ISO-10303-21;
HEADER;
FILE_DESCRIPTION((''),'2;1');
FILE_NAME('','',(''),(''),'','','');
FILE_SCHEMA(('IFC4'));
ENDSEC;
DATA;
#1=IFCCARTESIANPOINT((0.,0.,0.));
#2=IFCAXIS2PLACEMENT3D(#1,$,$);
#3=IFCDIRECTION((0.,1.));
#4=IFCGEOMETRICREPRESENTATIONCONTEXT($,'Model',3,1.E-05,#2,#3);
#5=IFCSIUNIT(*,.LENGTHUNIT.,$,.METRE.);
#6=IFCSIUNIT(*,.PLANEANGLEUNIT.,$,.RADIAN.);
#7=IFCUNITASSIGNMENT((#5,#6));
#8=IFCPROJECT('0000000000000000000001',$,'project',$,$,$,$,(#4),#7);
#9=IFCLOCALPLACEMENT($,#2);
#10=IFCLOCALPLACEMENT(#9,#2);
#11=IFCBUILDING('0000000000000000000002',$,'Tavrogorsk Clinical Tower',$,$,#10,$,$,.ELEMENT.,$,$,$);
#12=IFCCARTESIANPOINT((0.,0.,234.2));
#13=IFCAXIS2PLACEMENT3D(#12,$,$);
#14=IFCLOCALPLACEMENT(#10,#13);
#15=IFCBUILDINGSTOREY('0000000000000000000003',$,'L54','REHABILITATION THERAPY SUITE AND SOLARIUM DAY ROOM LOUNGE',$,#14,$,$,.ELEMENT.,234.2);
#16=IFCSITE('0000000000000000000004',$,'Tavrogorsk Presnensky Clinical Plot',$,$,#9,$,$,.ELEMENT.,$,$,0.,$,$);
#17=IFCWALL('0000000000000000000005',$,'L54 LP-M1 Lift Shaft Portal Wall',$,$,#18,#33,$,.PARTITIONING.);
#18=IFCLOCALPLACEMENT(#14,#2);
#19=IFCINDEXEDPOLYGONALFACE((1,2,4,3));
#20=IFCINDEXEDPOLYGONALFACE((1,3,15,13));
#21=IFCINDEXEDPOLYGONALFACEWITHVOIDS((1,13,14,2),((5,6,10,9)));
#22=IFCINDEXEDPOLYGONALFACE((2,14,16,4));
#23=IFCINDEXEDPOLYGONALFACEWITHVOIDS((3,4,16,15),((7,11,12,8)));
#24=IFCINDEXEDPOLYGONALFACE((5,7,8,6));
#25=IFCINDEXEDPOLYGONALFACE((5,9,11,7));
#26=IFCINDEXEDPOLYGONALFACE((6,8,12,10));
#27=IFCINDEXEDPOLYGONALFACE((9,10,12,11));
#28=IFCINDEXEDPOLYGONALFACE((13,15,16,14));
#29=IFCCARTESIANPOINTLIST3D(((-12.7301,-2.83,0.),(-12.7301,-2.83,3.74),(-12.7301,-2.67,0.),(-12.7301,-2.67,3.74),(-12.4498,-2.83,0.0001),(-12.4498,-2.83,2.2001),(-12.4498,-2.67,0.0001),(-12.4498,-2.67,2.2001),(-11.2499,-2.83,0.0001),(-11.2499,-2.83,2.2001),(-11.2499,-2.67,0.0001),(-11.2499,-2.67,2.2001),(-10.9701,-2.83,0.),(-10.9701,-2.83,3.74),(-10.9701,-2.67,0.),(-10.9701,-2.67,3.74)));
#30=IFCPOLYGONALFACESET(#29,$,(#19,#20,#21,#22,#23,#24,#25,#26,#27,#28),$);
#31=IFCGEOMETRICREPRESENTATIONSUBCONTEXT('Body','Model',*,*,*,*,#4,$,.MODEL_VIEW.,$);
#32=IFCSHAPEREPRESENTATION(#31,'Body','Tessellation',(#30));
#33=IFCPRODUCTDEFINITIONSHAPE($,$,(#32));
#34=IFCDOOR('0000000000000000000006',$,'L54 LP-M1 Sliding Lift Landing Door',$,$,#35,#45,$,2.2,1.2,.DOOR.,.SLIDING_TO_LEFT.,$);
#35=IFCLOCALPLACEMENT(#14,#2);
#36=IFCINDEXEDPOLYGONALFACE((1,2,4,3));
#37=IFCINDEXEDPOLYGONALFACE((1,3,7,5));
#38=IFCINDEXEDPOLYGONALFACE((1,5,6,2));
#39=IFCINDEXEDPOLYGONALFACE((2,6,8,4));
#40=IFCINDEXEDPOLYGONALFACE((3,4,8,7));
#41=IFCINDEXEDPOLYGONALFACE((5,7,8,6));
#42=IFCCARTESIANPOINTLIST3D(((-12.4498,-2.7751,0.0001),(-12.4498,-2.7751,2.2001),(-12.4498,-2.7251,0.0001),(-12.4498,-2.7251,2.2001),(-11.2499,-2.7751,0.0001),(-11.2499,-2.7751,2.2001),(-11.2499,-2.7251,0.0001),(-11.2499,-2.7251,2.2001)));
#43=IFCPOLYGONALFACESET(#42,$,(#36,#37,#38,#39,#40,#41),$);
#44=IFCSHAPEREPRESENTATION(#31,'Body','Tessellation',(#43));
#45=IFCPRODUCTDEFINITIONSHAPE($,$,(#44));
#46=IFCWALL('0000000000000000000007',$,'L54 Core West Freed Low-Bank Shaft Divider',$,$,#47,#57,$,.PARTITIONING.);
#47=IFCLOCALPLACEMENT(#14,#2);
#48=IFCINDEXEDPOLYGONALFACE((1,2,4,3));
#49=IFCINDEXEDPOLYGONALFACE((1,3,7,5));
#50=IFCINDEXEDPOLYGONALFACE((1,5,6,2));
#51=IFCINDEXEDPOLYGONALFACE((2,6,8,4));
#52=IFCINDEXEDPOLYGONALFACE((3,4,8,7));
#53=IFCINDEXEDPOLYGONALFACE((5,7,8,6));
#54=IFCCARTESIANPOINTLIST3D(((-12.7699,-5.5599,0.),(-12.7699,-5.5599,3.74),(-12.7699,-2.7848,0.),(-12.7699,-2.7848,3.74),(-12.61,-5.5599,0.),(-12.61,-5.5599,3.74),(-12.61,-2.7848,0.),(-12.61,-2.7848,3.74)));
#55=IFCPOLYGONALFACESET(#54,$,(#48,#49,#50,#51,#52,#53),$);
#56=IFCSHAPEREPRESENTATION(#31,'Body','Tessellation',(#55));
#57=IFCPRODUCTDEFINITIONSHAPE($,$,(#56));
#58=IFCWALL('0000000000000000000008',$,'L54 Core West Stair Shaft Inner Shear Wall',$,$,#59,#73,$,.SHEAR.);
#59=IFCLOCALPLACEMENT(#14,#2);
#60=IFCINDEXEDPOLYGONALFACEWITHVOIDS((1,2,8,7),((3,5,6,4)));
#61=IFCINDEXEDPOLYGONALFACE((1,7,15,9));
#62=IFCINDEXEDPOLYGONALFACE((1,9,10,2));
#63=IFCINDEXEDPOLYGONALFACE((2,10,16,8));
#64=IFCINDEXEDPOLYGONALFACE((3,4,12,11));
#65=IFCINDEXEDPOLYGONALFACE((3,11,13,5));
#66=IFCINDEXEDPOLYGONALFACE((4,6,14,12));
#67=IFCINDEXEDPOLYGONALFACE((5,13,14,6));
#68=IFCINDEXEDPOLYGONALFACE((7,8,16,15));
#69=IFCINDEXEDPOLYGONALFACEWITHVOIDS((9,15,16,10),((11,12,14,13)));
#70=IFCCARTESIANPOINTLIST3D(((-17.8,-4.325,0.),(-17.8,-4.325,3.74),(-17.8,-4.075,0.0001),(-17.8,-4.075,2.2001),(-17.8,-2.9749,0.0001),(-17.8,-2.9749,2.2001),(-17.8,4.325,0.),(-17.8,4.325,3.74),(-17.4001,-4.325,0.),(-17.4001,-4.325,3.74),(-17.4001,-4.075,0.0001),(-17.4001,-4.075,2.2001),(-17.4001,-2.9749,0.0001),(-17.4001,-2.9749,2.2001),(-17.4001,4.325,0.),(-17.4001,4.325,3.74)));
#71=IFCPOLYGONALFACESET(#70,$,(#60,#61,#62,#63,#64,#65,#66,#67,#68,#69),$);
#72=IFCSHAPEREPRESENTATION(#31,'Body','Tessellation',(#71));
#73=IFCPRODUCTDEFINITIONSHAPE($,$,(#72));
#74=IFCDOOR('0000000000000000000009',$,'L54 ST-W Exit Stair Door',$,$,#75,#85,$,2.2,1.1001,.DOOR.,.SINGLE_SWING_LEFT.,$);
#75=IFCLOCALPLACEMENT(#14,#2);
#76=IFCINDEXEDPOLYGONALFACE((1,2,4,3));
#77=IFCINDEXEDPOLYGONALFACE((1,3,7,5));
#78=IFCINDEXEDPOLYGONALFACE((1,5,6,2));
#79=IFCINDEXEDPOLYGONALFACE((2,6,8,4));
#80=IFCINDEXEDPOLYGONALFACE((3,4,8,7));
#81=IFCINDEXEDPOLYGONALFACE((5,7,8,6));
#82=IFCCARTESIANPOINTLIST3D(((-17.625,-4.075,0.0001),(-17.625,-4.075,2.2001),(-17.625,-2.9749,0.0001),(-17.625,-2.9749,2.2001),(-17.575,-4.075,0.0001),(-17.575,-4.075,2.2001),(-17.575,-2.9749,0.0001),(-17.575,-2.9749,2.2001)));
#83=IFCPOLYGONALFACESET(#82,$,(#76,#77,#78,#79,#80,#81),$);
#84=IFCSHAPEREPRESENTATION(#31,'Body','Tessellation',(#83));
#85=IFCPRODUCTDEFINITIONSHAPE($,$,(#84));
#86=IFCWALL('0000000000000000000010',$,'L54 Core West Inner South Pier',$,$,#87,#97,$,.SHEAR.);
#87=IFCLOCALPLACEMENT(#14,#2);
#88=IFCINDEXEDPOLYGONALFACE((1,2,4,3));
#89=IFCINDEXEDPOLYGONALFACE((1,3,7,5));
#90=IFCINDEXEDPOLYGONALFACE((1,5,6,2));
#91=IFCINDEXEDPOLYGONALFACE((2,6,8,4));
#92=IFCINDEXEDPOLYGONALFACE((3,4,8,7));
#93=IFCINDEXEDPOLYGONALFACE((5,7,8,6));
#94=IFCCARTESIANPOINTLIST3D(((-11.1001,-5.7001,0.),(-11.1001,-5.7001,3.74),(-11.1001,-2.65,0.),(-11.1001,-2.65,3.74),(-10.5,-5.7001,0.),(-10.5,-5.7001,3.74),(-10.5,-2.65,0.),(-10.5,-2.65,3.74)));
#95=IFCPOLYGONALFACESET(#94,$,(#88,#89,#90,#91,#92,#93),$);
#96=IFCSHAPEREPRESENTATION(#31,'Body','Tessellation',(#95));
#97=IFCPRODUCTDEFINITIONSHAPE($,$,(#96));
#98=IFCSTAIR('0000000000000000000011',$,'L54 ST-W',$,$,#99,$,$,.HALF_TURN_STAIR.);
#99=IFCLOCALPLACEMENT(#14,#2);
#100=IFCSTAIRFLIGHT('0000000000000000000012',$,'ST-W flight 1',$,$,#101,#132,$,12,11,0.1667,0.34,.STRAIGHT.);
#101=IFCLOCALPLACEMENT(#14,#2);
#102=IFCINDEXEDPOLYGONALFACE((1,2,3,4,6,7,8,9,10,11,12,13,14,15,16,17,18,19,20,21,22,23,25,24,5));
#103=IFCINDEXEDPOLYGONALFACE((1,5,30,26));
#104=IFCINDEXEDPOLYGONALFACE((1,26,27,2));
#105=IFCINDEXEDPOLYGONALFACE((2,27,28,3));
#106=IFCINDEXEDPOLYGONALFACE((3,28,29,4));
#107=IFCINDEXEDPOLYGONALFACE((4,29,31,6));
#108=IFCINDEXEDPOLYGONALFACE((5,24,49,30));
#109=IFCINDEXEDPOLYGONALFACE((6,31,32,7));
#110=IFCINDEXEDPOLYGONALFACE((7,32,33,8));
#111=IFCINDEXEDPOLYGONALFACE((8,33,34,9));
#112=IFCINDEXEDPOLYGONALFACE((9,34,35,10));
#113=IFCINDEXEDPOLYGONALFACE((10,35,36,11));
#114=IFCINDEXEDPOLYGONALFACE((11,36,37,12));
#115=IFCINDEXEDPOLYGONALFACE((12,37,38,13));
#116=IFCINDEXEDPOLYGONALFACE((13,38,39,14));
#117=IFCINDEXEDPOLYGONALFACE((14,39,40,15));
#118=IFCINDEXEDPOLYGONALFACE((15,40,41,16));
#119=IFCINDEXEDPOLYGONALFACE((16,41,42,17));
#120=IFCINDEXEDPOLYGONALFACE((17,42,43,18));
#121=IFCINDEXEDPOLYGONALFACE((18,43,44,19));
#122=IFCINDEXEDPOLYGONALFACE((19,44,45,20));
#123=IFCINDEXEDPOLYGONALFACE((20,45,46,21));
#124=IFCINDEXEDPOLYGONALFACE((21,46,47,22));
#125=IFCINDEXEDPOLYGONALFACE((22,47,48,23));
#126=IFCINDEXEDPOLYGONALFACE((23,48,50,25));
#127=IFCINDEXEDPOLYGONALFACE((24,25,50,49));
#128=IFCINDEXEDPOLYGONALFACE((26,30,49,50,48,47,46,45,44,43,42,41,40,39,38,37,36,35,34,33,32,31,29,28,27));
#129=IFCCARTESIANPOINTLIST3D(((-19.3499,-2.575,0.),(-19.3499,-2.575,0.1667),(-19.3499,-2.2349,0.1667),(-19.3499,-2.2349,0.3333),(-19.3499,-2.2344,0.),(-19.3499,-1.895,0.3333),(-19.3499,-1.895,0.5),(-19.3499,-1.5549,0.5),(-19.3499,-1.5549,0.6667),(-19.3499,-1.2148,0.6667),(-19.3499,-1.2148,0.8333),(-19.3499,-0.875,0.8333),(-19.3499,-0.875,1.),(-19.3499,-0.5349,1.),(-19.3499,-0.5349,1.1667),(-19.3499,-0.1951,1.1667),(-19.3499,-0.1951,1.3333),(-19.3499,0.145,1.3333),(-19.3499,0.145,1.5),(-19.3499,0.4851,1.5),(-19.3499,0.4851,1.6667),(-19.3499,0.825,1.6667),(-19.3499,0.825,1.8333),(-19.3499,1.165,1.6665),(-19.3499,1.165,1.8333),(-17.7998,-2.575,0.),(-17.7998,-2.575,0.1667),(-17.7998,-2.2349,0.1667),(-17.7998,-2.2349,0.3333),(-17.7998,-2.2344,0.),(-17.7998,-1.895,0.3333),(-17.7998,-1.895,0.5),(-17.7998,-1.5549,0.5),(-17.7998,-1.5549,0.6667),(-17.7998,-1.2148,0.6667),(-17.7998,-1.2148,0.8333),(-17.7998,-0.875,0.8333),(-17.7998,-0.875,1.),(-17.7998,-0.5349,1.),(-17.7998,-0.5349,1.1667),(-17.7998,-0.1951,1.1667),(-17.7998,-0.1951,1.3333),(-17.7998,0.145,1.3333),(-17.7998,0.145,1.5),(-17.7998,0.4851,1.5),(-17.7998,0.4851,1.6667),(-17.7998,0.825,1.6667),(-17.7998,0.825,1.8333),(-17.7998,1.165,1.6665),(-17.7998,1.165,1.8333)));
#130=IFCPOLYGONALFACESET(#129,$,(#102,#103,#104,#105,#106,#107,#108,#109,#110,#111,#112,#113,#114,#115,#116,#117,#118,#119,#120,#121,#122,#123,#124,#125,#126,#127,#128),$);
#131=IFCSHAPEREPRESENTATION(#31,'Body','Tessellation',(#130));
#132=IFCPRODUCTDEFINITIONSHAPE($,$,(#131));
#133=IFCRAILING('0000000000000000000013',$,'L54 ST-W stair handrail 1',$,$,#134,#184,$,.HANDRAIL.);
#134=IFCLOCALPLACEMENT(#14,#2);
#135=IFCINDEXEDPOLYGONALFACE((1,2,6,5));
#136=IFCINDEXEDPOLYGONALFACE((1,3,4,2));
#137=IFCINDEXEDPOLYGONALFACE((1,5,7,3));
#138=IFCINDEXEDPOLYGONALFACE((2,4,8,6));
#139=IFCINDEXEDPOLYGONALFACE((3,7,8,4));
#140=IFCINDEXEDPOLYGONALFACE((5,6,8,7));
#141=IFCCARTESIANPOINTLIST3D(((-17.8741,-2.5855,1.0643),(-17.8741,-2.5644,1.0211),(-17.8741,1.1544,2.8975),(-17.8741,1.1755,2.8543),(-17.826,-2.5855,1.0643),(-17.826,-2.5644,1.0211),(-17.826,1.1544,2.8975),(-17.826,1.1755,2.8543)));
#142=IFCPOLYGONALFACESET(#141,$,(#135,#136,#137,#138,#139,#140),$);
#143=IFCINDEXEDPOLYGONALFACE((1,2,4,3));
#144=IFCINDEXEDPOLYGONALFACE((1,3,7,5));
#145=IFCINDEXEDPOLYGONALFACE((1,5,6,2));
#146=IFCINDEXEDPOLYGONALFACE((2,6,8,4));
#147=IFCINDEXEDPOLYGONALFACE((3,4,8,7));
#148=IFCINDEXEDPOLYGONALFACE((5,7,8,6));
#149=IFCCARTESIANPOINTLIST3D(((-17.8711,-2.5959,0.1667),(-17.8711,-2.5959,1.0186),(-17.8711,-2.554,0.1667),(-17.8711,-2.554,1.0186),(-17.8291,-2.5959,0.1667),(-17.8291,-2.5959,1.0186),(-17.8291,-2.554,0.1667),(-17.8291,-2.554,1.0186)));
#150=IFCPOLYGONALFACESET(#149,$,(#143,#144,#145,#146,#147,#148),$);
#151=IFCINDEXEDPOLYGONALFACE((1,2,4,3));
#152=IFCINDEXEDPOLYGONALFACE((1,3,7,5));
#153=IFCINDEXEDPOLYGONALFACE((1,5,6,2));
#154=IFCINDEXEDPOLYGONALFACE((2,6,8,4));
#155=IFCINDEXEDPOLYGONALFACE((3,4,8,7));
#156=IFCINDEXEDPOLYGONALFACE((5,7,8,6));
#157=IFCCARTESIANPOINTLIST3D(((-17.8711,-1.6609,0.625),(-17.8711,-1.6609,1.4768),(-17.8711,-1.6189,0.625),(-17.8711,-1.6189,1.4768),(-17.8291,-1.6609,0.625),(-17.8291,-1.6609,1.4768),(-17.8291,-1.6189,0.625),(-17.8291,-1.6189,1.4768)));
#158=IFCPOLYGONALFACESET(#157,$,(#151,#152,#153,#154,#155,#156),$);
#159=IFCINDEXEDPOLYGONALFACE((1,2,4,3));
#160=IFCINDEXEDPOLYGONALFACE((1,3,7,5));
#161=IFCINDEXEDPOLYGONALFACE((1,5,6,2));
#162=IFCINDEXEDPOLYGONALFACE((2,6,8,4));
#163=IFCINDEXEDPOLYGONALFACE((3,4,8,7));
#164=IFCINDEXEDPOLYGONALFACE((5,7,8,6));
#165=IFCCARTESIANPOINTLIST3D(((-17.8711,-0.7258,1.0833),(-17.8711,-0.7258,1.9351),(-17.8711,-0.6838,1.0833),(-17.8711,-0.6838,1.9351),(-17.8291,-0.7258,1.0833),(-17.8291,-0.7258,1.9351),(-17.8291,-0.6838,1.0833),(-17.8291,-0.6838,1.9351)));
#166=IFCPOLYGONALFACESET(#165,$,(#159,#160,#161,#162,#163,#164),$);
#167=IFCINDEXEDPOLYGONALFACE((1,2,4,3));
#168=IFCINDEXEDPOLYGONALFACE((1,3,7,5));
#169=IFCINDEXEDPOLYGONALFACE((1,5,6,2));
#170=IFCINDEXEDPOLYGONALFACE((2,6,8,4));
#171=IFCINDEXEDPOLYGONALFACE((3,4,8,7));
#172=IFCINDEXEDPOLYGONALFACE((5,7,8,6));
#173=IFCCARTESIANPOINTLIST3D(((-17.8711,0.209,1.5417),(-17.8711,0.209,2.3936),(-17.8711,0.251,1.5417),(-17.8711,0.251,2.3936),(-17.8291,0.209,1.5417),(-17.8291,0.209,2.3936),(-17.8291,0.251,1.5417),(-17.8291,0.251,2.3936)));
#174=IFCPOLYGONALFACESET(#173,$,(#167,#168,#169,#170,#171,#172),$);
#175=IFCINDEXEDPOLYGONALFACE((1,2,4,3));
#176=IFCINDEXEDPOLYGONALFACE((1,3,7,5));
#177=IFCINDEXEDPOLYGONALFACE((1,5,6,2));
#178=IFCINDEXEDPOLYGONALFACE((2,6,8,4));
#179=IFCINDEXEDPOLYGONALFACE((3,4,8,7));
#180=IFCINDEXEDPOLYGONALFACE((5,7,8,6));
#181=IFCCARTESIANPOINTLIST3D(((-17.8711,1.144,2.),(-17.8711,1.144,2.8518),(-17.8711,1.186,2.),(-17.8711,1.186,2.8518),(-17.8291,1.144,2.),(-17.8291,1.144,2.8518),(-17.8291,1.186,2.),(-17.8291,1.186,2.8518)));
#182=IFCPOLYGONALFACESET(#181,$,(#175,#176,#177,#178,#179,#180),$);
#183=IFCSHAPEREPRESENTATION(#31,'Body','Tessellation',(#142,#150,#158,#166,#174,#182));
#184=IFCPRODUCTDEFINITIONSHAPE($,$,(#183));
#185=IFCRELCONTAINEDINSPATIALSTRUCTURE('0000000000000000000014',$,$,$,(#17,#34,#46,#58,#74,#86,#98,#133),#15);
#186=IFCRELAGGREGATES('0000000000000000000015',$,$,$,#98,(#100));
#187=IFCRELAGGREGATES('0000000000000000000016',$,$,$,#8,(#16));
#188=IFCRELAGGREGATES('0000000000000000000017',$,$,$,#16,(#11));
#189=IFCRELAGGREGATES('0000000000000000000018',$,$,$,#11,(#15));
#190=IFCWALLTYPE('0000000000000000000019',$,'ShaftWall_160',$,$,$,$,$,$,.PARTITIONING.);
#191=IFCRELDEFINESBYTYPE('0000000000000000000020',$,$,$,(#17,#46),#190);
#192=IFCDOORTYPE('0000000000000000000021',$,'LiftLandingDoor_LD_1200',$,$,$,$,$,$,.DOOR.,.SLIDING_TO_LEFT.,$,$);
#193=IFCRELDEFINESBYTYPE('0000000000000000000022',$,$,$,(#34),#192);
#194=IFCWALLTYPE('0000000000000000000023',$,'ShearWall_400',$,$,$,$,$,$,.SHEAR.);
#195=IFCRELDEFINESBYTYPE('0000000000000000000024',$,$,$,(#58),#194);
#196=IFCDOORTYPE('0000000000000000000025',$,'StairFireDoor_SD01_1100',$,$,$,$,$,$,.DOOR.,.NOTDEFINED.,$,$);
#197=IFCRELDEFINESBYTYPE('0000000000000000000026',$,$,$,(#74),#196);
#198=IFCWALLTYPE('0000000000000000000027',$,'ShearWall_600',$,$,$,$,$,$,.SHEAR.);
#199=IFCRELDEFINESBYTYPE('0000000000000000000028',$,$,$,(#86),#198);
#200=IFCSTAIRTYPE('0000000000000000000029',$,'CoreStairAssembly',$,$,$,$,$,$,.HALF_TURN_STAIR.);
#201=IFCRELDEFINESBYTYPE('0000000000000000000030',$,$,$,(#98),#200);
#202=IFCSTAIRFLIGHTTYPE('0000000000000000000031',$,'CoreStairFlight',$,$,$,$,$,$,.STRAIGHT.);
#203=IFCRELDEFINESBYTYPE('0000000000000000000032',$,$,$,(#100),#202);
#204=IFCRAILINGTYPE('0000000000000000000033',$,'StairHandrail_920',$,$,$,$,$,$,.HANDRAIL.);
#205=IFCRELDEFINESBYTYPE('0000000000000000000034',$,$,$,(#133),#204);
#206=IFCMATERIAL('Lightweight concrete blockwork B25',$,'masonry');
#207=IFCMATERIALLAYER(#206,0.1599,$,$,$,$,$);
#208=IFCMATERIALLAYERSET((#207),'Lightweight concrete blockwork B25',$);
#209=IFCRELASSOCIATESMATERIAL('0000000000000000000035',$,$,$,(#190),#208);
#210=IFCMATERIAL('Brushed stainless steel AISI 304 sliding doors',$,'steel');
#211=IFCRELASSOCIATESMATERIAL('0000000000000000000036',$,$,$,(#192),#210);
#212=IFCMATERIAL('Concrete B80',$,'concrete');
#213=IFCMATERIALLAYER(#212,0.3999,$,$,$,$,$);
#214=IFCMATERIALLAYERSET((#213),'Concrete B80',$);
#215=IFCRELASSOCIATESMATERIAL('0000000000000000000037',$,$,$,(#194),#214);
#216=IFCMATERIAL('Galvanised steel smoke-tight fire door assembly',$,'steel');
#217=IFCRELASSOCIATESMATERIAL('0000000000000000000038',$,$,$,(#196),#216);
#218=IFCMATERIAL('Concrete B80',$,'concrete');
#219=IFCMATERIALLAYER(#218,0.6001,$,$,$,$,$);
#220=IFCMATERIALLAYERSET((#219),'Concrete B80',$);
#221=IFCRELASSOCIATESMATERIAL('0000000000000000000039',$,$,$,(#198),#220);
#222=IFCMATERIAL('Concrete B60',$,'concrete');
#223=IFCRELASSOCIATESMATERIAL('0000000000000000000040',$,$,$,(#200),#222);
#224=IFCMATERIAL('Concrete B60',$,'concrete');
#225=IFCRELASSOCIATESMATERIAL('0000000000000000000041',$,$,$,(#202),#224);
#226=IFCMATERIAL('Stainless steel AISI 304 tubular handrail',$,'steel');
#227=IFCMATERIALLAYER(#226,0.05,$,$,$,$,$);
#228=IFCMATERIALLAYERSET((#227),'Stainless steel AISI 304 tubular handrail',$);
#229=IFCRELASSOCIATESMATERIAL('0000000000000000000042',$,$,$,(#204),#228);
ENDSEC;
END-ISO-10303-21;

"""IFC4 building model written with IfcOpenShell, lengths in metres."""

from ifc_helpers import new_model, si_unit, direction, frame, frame_2d, origin, origin_2d, place, context, subcontext, project, spatial, polyline, rectangle, outline, extrude, material, layer, layer_set, type_object, element, fill, aggregate, save


model = new_model("IFC4")

# Units and contexts
model_context = context("Model", 3, precision=1e-05, world=origin(), true_north=direction((0.0, 1.0)))
body_context = subcontext(model_context, "Body", "Model", "MODEL_VIEW")
ifc_project = project(units=[si_unit("LENGTHUNIT", "METRE"), si_unit("PLANEANGLEUNIT", "RADIAN")], contexts=[model_context])

# Site, building, storey
site_placement = place(None, origin())
site = spatial("IfcSite", under=ifc_project, at=site_placement, Name="Tavrogorsk Presnensky Clinical Plot", CompositionType="ELEMENT", RefElevation=0.0)
building_placement = place(site_placement, origin())
building = spatial("IfcBuilding", under=site, at=building_placement, Name="Tavrogorsk Clinical Tower", CompositionType="ELEMENT")
storey_placement = place(building_placement, frame((0.0, 0.0, 234.2)))
storey = spatial("IfcBuildingStorey", under=building, at=storey_placement, Name="L54", Description="REHABILITATION THERAPY SUITE AND SOLARIUM DAY ROOM LOUNGE", CompositionType="ELEMENT", Elevation=234.2)

# Wall, opening, door
ifc_material_1 = material(Name="Lightweight concrete blockwork B25", Category="masonry")
ifc_layer_1 = layer(ifc_material_1, 0.1599)
ifc_layer_set_1 = layer_set([ifc_layer_1], Name="Lightweight concrete blockwork B25")
wall_type_1 = type_object("IfcWallType", Name="ShaftWall_160", PredefinedType="PARTITIONING", material=ifc_layer_set_1)
wall_1_placement = place(storey_placement, frame((-12.73, -2.75, 0.0), z_axis=(0.0, 0.0, 1.0), x_axis=(1.0, 0.0, 0.0)))
wall_1 = element("IfcWall", 1, at=wall_1_placement, inside=storey, type_object=wall_type_1, Name="L54 LP-M1 Lift Shaft Portal Wall", PredefinedType="PARTITIONING", context=body_context, shape_type="SweptSolid", body=[
    extrude(rectangle(XDim=1.76, YDim=0.1599, at=frame_2d((0.8799, 0.0))), origin(), (0.0, 0.0, 1.0), 3.74),
])
opening_1_placement = place(wall_1_placement, frame((0.28, 0.0, 0.0)))
opening_1 = element("IfcOpeningElement", 2, at=opening_1_placement, cuts=wall_1, PredefinedType="OPENING", context=body_context, shape_type="SweptSolid", body=[
    extrude(rectangle(XDim=1.2, YDim=2.2, at=frame_2d((0.6001, 1.1001))), frame((0.0, 0.0898, 0.0), z_axis=(0.0, -1.0, 0.0), x_axis=(1.0, 0.0, 0.0)), (0.0, 0.0, 1.0), 0.1799),
])
ifc_material_2 = material(Name="Brushed stainless steel AISI 304 sliding doors", Category="steel")
door_type_1 = type_object("IfcDoorType", Name="LiftLandingDoor_LD_1200", OperationType="SLIDING_TO_LEFT", PredefinedType="DOOR", material=ifc_material_2)
door_1_placement = place(opening_1_placement, origin())
door_1 = element("IfcDoor", 3, at=door_1_placement, inside=storey, type_object=door_type_1, Name="L54 LP-M1 Sliding Lift Landing Door", OperationType="SLIDING_TO_LEFT", OverallHeight=2.2, OverallWidth=1.2, PredefinedType="DOOR", context=body_context, shape_type="SweptSolid", body=[
    extrude(rectangle(XDim=1.2, YDim=2.2, at=frame_2d((0.6001, 1.1001))), frame((0.0, 0.0249, 0.0), z_axis=(0.0, -1.0, 0.0), x_axis=(1.0, 0.0, 0.0)), (0.0, 0.0, 1.0), 0.05),
])
fill(opening_1, door_1)

# Wall
wall_2_placement = place(storey_placement, frame((-12.6899, -5.5601, 0.0), z_axis=(0.0, 0.0, 1.0), x_axis=(0.0, 1.0, 0.0)))
element("IfcWall", 4, at=wall_2_placement, inside=storey, type_object=wall_type_1, Name="L54 Core West Freed Low-Bank Shaft Divider", PredefinedType="PARTITIONING", context=body_context, shape_type="SweptSolid", body=[
    extrude(rectangle(XDim=2.7751, YDim=0.1599, at=frame_2d((1.3877, 0.0))), origin(), (0.0, 0.0, 1.0), 3.74),
])

# Wall, opening, door
ifc_material_3 = material(Name="Concrete B80", Category="concrete")
ifc_layer_2 = layer(ifc_material_3, 0.3999)
ifc_layer_set_2 = layer_set([ifc_layer_2], Name="Concrete B80")
wall_type_2 = type_object("IfcWallType", Name="ShearWall_400", PredefinedType="SHEAR", material=ifc_layer_set_2)
wall_3_placement = place(storey_placement, frame((-17.6001, -4.325, 0.0), z_axis=(0.0, 0.0, 1.0), x_axis=(0.0, 1.0, 0.0)))
wall_3 = element("IfcWall", 5, at=wall_3_placement, inside=storey, type_object=wall_type_2, Name="L54 Core West Stair Shaft Inner Shear Wall", PredefinedType="SHEAR", context=body_context, shape_type="SweptSolid", body=[
    extrude(rectangle(XDim=8.6499, YDim=0.3999, at=frame_2d((4.325, 0.0))), origin(), (0.0, 0.0, 1.0), 3.74),
])
opening_2_placement = place(wall_3_placement, frame((0.25, 0.0, 0.0)))
opening_2 = element("IfcOpeningElement", 6, at=opening_2_placement, cuts=wall_3, PredefinedType="OPENING", context=body_context, shape_type="SweptSolid", body=[
    extrude(rectangle(XDim=1.1001, YDim=2.2, at=frame_2d((0.55, 1.1001))), frame((0.0, 0.21, 0.0), z_axis=(0.0, -1.0, 0.0), x_axis=(1.0, 0.0, 0.0)), (0.0, 0.0, 1.0), 0.4199),
])
ifc_material_4 = material(Name="Galvanised steel smoke-tight fire door assembly", Category="steel")
door_type_2 = type_object("IfcDoorType", Name="StairFireDoor_SD01_1100", OperationType="NOTDEFINED", PredefinedType="DOOR", material=ifc_material_4)
door_2_placement = place(opening_2_placement, origin())
door_2 = element("IfcDoor", 7, at=door_2_placement, inside=storey, type_object=door_type_2, Name="L54 ST-W Exit Stair Door", OperationType="SINGLE_SWING_LEFT", OverallHeight=2.2, OverallWidth=1.1001, PredefinedType="DOOR", context=body_context, shape_type="SweptSolid", body=[
    extrude(rectangle(XDim=1.1001, YDim=2.2, at=frame_2d((0.55, 1.1001))), frame((0.0, 0.0249, 0.0), z_axis=(0.0, -1.0, 0.0), x_axis=(1.0, 0.0, 0.0)), (0.0, 0.0, 1.0), 0.05),
])
fill(opening_2, door_2)

# Wall
ifc_material_5 = material(Name="Concrete B80", Category="concrete")
ifc_layer_3 = layer(ifc_material_5, 0.6001)
ifc_layer_set_3 = layer_set([ifc_layer_3], Name="Concrete B80")
wall_type_3 = type_object("IfcWallType", Name="ShearWall_600", PredefinedType="SHEAR", material=ifc_layer_set_3)
wall_4_placement = place(storey_placement, frame((-10.8, -5.7, 0.0), z_axis=(0.0, 0.0, 1.0), x_axis=(0.0, 1.0, 0.0)))
element("IfcWall", 8, at=wall_4_placement, inside=storey, type_object=wall_type_3, Name="L54 Core West Inner South Pier", PredefinedType="SHEAR", context=body_context, shape_type="SweptSolid", body=[
    extrude(rectangle(XDim=3.05, YDim=0.6001, at=frame_2d((1.5249, 0.0))), origin(), (0.0, 0.0, 1.0), 3.74),
])

# Stair, stair flight
ifc_material_6 = material(Name="Concrete B60", Category="concrete")
stair_type = type_object("IfcStairType", Name="CoreStairAssembly", PredefinedType="HALF_TURN_STAIR", material=ifc_material_6)
stair_placement = place(storey_placement, origin())
stair = element("IfcStair", 9, at=stair_placement, inside=storey, type_object=stair_type, Name="L54 ST-W", PredefinedType="HALF_TURN_STAIR")
ifc_material_7 = material(Name="Concrete B60", Category="concrete")
stair_flight_type = type_object("IfcStairFlightType", Name="CoreStairFlight", PredefinedType="STRAIGHT", material=ifc_material_7)
stair_flight_placement = place(storey_placement, frame((-18.575, -2.575, 0.0), z_axis=(0.0, 0.0, 1.0), x_axis=(0.0, 1.0, 0.0)))
stair_flight = element("IfcStairFlight", 10, at=stair_flight_placement, type_object=stair_flight_type, Name="ST-W flight 1", NumberOfRisers=12, NumberOfTreads=11, PredefinedType="STRAIGHT", RiserHeight=0.1667, TreadLength=0.34, context=body_context, shape_type="SweptSolid", body=[
    extrude(outline(polyline([(0.0, 0.0), (0.0, 0.1667), (0.3401, 0.1667), (0.3401, 0.3333), (0.6799, 0.3333), (0.6799, 0.5), (1.02, 0.5), (1.02, 0.6667), (1.3601, 0.6667), (1.3601, 0.8333), (1.7, 0.8333), (1.7, 1.0), (2.04, 1.0), (2.04, 1.1667), (2.3799, 1.1667), (2.3799, 1.3333), (2.72, 1.3333), (2.72, 1.5), (3.0601, 1.5), (3.0601, 1.6667), (3.3999, 1.6667), (3.3999, 1.8333), (3.74, 1.8333), (3.74, 2.0), (3.74, 1.6665), (0.3406, 0.0), (0.0, 0.0)])), frame((0.0, 0.7749, 0.0), z_axis=(0.0, -1.0, 0.0), x_axis=(1.0, 0.0, 0.0)), (0.0, 0.0, 1.0), 1.55),
])
aggregate(stair, [stair_flight])

# Railing
ifc_material_8 = material(Name="Stainless steel AISI 304 tubular handrail", Category="steel")
ifc_layer_4 = layer(ifc_material_8, 0.05)
ifc_layer_set_4 = layer_set([ifc_layer_4], Name="Stainless steel AISI 304 tubular handrail")
railing_type = type_object("IfcRailingType", Name="StairHandrail_920", PredefinedType="HANDRAIL", material=ifc_layer_set_4)
railing_placement = place(storey_placement, frame((-17.8501, -2.575, 0.1667)))
element("IfcRailing", 11, at=railing_placement, inside=storey, type_object=railing_type, Name="L54 ST-W stair handrail 1", PredefinedType="HANDRAIL", context=body_context, shape_type="SweptSolid", body=[
    extrude(rectangle(XDim=0.0481, YDim=0.0481, at=origin_2d()), frame((0.0, 0.0, 0.876), z_axis=(0.0, 0.897928, 0.440142), x_axis=(-1.0, 0.0, 0.0)), (0.0, 0.0, 1.0), 4.165),
    extrude(rectangle(XDim=0.042, YDim=0.042, at=origin_2d()), origin(), (0.0, 0.0, 1.0), 0.8518),
    extrude(rectangle(XDim=0.042, YDim=0.042, at=origin_2d()), frame((0.0, 0.9351, 0.4583)), (0.0, 0.0, 1.0), 0.8518),
    extrude(rectangle(XDim=0.042, YDim=0.042, at=origin_2d()), frame((0.0, 1.8701, 0.9165)), (0.0, 0.0, 1.0), 0.8518),
    extrude(rectangle(XDim=0.042, YDim=0.042, at=origin_2d()), frame((0.0, 2.8049, 1.375)), (0.0, 0.0, 1.0), 0.8518),
    extrude(rectangle(XDim=0.042, YDim=0.042, at=origin_2d()), frame((0.0, 3.74, 1.8333)), (0.0, 0.0, 1.0), 0.8518),
])

save(model, "model.ifc")
